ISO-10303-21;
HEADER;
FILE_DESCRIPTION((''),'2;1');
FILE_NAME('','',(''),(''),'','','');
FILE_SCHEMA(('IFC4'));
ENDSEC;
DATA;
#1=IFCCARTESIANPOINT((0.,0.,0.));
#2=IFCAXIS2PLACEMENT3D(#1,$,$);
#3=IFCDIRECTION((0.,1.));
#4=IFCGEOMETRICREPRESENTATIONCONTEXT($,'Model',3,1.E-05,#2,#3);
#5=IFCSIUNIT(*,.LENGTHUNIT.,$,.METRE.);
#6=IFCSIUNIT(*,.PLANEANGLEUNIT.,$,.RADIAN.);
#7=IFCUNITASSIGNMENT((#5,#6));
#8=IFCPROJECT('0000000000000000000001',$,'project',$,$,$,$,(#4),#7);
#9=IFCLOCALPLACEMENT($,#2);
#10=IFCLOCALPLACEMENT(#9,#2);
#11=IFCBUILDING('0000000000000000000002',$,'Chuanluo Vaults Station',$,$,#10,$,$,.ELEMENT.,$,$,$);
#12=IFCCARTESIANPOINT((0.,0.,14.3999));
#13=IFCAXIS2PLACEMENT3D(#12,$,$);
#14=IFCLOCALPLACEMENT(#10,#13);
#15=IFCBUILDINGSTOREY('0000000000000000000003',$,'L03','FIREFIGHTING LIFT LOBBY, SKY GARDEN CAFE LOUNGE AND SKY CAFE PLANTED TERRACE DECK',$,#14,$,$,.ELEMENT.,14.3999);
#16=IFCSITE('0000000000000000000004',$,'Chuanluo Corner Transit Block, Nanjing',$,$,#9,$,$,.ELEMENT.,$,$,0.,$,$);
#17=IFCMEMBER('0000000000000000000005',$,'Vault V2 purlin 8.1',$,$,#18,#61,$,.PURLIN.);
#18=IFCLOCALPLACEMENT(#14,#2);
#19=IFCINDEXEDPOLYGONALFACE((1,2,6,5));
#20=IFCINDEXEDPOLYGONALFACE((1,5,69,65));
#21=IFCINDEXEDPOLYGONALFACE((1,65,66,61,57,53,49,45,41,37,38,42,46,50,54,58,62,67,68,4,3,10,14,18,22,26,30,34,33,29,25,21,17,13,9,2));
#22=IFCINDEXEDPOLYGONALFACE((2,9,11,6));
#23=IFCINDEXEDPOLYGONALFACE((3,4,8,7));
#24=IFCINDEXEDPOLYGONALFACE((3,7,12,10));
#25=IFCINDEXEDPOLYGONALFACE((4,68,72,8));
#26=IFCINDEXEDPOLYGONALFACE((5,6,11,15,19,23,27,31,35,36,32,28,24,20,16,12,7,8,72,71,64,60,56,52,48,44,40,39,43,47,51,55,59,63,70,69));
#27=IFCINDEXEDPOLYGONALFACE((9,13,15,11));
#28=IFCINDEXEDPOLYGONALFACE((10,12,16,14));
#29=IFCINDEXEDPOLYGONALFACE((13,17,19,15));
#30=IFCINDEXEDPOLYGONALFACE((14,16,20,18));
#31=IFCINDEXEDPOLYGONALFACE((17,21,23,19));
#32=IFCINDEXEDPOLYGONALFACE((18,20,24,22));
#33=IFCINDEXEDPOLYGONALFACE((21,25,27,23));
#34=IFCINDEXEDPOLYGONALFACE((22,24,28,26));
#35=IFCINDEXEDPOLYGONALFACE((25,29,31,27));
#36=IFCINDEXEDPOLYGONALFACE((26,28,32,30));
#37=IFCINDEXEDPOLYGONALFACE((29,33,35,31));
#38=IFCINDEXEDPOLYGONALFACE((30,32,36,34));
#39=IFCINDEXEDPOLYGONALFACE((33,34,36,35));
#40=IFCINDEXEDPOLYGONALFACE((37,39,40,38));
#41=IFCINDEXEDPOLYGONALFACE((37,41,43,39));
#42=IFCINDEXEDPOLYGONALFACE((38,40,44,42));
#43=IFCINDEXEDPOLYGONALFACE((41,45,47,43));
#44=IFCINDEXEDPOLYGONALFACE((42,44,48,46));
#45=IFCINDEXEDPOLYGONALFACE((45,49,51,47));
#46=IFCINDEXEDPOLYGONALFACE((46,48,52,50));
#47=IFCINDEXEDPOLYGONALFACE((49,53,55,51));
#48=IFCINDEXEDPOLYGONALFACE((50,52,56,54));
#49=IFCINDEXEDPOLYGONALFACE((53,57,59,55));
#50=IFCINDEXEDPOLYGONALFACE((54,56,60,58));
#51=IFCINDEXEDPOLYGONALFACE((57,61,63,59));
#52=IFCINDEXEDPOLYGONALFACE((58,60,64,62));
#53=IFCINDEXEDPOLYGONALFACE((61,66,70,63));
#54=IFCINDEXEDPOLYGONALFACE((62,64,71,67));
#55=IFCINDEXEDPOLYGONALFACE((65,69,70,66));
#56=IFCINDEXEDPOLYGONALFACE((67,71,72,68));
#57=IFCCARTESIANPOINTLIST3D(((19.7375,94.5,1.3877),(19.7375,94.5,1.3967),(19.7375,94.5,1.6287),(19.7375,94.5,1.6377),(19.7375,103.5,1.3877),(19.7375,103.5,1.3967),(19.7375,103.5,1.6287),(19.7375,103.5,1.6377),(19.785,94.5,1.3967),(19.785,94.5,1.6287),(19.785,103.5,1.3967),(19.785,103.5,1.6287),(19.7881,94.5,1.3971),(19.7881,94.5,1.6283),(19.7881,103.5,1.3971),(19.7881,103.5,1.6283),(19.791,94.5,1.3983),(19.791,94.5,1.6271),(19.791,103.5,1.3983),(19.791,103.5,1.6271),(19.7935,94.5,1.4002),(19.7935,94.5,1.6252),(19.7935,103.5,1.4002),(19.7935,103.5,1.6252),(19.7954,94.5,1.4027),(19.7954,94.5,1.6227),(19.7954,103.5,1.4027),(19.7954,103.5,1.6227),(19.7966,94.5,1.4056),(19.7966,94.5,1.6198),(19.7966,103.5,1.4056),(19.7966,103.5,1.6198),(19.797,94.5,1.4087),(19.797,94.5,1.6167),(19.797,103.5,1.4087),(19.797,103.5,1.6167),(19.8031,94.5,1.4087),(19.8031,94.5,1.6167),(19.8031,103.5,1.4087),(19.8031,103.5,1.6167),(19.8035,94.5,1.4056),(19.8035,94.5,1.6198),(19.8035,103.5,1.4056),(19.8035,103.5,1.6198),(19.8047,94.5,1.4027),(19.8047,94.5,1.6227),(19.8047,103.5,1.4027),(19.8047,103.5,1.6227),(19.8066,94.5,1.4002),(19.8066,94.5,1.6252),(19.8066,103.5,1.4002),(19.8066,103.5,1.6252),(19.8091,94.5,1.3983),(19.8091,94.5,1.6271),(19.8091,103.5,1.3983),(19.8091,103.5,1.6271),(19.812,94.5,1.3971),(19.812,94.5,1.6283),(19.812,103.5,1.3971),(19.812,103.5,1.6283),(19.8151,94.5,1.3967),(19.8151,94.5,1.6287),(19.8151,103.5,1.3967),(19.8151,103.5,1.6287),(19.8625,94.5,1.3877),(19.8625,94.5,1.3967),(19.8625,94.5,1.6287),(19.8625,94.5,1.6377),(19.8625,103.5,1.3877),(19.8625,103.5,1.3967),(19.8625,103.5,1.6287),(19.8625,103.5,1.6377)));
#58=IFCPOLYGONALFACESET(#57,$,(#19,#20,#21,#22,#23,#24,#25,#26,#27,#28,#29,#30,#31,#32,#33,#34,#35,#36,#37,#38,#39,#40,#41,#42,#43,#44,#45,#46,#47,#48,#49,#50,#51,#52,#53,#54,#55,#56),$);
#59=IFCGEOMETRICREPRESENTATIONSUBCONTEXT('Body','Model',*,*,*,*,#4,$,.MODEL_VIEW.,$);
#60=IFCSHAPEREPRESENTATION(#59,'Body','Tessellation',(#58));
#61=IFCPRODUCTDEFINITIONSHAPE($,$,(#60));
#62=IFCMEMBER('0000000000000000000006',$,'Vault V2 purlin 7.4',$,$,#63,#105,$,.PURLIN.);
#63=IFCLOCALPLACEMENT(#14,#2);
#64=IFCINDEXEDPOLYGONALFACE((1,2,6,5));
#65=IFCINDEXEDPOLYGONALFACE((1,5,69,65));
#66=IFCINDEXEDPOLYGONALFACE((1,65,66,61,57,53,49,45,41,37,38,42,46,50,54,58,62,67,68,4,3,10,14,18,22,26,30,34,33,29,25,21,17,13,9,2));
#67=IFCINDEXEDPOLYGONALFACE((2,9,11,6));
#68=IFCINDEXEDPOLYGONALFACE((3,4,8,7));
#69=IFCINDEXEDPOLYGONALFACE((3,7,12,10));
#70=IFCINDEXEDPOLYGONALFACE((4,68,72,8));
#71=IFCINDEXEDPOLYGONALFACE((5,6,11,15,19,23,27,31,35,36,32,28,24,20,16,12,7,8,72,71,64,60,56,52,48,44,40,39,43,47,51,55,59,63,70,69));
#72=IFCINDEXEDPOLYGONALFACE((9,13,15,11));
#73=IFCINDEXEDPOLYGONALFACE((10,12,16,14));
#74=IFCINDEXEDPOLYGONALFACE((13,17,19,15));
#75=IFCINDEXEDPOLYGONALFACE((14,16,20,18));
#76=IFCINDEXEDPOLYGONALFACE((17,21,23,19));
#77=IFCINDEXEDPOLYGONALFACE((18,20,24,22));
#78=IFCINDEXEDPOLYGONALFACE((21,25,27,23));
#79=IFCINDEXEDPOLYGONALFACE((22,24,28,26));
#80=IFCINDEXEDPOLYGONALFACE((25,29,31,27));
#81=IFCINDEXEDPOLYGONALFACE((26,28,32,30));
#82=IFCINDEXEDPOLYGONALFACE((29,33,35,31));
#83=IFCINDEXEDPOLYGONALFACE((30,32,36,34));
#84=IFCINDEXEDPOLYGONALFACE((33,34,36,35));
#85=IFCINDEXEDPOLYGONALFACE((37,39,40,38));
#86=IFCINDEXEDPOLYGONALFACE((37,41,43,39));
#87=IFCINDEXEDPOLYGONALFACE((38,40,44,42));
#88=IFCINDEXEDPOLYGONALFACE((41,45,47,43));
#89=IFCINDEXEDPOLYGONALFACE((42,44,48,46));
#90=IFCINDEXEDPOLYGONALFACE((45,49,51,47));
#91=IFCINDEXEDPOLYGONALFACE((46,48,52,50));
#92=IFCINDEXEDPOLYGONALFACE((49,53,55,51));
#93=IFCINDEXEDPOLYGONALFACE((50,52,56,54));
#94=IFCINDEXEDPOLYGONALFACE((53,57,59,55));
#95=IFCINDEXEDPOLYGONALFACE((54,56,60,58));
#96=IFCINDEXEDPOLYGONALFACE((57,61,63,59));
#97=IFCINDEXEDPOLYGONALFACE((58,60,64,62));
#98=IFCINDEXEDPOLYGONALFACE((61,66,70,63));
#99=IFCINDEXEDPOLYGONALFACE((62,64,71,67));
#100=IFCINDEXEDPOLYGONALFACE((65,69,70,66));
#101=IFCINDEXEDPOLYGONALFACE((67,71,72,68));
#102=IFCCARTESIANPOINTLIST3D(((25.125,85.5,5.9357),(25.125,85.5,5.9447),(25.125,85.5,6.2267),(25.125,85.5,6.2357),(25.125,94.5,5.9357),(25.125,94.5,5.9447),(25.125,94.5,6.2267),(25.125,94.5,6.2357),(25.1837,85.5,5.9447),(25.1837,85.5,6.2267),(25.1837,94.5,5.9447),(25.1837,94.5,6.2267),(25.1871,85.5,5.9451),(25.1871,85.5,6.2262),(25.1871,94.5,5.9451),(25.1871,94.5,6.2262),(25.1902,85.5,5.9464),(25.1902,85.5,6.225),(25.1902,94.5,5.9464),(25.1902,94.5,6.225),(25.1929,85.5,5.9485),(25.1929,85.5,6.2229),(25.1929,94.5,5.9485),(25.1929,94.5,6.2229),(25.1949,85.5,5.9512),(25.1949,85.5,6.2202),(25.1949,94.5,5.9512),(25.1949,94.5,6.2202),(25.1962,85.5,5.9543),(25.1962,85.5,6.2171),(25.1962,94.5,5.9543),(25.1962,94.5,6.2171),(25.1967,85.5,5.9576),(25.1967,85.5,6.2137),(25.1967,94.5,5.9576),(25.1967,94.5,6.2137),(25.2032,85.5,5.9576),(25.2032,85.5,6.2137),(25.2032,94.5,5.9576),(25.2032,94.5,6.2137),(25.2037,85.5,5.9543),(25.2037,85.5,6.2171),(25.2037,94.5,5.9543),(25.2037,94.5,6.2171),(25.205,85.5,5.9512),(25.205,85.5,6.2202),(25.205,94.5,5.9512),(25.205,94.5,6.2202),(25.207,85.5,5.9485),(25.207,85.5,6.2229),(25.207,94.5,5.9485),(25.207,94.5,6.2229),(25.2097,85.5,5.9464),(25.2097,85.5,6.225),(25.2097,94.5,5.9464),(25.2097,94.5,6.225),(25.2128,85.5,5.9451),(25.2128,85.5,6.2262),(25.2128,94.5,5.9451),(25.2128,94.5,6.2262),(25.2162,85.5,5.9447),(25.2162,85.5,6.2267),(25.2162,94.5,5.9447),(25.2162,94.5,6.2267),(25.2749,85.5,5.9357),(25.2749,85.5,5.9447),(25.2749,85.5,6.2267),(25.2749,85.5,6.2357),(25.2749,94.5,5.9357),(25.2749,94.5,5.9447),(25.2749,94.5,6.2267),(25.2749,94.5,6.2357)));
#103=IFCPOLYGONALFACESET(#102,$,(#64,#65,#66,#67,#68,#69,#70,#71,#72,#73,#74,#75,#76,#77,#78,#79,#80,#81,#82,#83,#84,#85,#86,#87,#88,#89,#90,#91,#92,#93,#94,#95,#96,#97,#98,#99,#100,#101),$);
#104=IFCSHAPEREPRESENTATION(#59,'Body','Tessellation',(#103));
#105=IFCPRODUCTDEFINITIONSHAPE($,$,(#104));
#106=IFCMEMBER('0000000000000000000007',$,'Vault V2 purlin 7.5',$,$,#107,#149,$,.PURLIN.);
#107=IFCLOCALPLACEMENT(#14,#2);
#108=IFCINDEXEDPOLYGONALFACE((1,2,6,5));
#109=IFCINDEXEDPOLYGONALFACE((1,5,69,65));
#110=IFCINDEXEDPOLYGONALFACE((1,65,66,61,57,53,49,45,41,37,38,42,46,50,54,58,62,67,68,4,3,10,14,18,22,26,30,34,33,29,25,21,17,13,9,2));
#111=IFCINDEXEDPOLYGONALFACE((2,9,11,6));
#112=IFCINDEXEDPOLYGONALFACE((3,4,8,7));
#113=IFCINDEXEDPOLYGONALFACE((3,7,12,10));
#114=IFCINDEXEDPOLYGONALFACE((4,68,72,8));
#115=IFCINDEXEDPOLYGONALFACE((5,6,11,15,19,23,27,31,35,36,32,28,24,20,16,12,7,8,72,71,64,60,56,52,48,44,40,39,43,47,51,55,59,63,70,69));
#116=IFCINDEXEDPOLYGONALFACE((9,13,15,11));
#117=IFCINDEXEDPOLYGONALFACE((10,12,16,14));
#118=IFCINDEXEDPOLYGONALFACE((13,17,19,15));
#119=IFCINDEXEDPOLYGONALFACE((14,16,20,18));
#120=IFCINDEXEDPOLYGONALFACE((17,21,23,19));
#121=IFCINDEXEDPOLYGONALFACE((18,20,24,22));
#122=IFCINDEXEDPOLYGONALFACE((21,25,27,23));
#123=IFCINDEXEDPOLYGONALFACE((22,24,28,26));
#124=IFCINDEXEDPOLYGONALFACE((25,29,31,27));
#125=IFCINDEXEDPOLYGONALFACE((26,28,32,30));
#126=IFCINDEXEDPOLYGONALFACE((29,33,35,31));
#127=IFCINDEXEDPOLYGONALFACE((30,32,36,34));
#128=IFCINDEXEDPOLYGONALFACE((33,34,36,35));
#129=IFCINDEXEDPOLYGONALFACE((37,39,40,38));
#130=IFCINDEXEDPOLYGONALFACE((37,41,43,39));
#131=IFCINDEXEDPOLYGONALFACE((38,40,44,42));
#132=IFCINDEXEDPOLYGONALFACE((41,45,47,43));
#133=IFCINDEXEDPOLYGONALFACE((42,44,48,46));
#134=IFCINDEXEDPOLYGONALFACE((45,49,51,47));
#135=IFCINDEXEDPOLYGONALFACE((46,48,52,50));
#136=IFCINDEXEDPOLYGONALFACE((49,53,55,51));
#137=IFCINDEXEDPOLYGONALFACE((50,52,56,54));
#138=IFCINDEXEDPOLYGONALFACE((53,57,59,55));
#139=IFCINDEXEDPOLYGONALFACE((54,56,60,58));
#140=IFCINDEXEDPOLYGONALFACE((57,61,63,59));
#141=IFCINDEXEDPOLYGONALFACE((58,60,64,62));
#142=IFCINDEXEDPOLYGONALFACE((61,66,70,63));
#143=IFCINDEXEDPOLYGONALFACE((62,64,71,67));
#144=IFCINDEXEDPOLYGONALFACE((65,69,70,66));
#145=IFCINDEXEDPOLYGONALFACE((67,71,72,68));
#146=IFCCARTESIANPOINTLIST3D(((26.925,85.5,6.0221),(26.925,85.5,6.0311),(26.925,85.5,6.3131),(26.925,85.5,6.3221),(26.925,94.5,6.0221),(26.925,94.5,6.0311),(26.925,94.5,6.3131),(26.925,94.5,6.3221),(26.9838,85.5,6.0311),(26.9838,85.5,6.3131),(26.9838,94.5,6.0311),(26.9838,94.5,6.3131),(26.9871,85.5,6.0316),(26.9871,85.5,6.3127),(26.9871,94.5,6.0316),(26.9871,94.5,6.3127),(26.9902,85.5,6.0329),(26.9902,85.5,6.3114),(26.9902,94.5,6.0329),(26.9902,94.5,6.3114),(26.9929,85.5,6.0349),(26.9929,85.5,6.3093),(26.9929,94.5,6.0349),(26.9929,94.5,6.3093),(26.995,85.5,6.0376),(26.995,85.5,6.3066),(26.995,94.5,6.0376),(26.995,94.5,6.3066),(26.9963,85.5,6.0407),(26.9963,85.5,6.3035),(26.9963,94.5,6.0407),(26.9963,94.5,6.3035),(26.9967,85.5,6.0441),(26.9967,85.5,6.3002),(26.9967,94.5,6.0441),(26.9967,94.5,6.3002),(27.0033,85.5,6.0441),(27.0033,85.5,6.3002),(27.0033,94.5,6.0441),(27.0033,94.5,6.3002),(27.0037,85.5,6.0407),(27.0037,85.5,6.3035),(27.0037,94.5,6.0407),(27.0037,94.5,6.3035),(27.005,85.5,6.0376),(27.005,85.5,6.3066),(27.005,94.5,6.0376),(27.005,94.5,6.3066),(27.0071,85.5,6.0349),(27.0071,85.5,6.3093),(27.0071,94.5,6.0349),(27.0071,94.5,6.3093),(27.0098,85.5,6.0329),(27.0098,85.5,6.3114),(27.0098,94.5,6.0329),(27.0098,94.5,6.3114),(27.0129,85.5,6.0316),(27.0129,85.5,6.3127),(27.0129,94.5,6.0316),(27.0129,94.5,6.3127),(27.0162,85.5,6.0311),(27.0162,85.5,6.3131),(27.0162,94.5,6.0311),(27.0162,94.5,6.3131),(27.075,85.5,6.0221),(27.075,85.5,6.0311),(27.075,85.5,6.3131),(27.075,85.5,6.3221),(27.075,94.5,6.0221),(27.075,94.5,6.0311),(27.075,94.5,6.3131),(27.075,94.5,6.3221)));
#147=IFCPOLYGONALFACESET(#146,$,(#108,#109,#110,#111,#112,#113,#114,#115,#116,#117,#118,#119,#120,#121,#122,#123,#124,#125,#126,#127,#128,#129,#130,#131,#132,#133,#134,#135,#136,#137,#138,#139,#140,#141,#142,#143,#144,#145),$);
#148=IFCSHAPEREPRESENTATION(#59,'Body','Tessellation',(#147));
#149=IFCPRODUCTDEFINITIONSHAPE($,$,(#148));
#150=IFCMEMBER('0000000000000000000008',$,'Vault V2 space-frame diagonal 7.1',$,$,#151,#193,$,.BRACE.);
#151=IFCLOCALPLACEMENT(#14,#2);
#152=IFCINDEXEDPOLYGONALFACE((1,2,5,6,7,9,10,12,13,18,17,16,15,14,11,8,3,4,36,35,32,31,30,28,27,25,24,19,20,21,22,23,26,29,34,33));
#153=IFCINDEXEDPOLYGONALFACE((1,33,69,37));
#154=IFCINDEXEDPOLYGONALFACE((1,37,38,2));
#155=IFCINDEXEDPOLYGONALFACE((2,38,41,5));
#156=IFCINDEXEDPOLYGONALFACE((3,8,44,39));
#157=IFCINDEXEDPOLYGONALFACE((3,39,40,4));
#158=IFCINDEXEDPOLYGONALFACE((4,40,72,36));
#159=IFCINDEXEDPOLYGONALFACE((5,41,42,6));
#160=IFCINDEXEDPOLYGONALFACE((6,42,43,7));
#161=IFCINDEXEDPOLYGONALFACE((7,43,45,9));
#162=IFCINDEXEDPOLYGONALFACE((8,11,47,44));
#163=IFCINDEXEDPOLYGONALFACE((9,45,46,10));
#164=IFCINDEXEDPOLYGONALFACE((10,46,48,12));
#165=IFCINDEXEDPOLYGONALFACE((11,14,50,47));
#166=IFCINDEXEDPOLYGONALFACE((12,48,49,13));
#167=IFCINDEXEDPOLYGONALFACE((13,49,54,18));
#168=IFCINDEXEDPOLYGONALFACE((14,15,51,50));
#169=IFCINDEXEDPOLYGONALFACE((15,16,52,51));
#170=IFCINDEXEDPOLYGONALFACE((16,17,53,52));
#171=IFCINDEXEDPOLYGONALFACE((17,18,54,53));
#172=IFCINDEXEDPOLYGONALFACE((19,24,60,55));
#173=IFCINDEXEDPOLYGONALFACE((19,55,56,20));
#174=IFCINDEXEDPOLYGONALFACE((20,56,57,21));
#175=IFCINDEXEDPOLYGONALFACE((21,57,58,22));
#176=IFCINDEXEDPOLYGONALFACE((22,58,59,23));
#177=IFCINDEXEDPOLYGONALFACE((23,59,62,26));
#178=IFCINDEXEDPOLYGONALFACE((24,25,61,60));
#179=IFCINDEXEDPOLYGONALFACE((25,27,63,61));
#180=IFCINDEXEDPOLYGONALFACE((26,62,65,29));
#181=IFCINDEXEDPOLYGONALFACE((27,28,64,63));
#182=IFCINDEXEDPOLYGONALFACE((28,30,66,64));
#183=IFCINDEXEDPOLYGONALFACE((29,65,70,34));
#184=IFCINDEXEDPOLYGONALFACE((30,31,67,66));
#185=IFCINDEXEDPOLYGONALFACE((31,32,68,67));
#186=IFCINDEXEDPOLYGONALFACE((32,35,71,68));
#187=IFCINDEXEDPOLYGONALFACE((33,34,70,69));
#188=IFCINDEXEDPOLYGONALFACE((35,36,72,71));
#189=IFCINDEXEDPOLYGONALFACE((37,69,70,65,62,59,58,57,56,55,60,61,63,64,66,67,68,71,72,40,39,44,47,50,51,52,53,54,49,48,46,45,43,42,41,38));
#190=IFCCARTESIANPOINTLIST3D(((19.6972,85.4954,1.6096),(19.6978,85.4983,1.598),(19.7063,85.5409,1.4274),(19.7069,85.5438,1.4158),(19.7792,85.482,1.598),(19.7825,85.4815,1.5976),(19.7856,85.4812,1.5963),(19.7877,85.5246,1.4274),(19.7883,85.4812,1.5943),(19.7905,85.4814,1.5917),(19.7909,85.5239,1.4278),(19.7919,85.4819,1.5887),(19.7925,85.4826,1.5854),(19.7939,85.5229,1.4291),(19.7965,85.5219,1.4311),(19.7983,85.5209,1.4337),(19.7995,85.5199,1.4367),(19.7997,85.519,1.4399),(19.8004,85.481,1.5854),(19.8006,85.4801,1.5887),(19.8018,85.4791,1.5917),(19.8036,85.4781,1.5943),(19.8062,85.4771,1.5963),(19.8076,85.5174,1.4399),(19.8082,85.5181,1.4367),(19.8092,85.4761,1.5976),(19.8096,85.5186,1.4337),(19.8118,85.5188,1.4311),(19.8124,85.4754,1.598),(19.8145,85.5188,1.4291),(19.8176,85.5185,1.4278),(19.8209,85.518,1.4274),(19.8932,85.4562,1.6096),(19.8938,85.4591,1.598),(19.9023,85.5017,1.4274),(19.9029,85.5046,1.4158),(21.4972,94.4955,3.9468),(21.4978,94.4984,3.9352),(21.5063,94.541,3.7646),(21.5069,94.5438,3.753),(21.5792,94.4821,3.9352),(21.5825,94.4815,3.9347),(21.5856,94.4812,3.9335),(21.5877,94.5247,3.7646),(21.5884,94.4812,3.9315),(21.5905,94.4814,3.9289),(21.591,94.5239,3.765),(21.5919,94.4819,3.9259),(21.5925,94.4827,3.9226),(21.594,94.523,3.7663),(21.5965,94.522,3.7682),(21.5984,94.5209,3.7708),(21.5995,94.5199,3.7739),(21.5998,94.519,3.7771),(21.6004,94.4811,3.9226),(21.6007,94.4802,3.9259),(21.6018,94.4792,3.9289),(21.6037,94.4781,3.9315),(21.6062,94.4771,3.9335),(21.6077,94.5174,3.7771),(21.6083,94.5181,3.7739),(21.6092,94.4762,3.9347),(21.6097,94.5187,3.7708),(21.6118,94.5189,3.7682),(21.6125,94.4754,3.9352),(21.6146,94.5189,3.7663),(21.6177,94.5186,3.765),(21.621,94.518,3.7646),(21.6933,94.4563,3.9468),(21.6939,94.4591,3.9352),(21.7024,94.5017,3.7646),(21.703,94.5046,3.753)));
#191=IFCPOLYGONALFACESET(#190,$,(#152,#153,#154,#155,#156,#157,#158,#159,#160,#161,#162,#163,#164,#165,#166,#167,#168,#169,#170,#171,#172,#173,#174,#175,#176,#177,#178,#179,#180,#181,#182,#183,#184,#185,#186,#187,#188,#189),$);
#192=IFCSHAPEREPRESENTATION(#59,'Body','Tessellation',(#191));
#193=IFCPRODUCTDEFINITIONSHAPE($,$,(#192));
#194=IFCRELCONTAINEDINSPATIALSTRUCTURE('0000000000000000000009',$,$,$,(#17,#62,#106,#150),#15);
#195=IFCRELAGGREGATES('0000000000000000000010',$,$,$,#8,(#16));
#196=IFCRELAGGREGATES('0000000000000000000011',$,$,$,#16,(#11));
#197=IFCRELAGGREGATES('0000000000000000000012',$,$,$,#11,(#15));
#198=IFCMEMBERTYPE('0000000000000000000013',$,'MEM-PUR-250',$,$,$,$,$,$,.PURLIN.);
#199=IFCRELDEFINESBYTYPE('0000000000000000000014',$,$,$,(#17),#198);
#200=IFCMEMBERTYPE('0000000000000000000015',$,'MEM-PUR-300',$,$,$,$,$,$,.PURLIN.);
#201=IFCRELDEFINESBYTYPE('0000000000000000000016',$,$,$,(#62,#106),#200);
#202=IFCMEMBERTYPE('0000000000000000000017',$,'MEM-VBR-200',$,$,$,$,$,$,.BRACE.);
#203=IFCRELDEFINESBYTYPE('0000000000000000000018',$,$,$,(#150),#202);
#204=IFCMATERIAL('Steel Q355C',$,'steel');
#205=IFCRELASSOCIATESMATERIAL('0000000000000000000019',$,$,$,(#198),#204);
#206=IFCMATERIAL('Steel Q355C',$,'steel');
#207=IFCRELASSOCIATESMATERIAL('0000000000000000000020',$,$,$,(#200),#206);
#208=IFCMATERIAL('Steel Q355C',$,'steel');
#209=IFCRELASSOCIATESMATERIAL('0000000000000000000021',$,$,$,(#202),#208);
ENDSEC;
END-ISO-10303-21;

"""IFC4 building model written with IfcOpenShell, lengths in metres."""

from ifc_helpers import new_model, si_unit, direction, frame, origin, origin_2d, place, context, subcontext, project, spatial, i_section, extrude, material, material_profile, profile_set, type_object, element, save


model = new_model("IFC4")

# Units and contexts
model_context = context("Model", 3, precision=1e-05, world=origin(), true_north=direction((0.0, 1.0)))
body_context = subcontext(model_context, "Body", "Model", "MODEL_VIEW")
ifc_project = project(units=[si_unit("LENGTHUNIT", "METRE"), si_unit("PLANEANGLEUNIT", "RADIAN")], contexts=[model_context])

# Site, building, storey
site_placement = place(None, origin())
site = spatial("IfcSite", under=ifc_project, at=site_placement, Name="Chuanluo Corner Transit Block, Nanjing", CompositionType="ELEMENT", RefElevation=0.0)
building_placement = place(site_placement, origin())
building = spatial("IfcBuilding", under=site, at=building_placement, Name="Chuanluo Vaults Station", CompositionType="ELEMENT")
storey_placement = place(building_placement, frame((0.0, 0.0, 14.3999)))
storey = spatial("IfcBuildingStorey", under=building, at=storey_placement, Name="L03", Description="FIREFIGHTING LIFT LOBBY, SKY GARDEN CAFE LOUNGE AND SKY CAFE PLANTED TERRACE DECK", CompositionType="ELEMENT", Elevation=14.3999)

# Members
ifc_material_1 = material(Name="Steel Q355C", Category="steel")
ifc_material_profile_1 = material_profile(ifc_material_1, i_section(OverallWidth=0.125, OverallDepth=0.25, WebThickness=0.0061, FlangeThickness=0.009, FilletRadius=0.012, at=origin_2d()))
ifc_profile_set_1 = profile_set([ifc_material_profile_1], Name="Steel Q355C")
member_type_1 = type_object("IfcMemberType", Name="MEM-PUR-250", PredefinedType="PURLIN", material=ifc_profile_set_1)
for number, where, z_axis, x_axis, name in (
    (1, (19.8, 94.5, 1.5127), (0.0, 1.0, 0.0), (-1.0, 0.0, 0.0), "Vault V2 purlin 8.1"),
):
    element("IfcMember", number, at=place(storey_placement, frame(where, z_axis=z_axis, x_axis=x_axis)), inside=storey, type_object=member_type_1, Name=name, PredefinedType="PURLIN", context=body_context, shape_type="SweptSolid", body=[
        extrude(i_section(OverallWidth=0.125, OverallDepth=0.25, WebThickness=0.0061, FlangeThickness=0.009, FilletRadius=0.012, at=origin_2d()), origin(), (0.0, 0.0, 1.0), 9.0),
    ])
ifc_material_2 = material(Name="Steel Q355C", Category="steel")
ifc_material_profile_2 = material_profile(ifc_material_2, i_section(OverallWidth=0.1499, OverallDepth=0.3, WebThickness=0.0066, FlangeThickness=0.009, FilletRadius=0.0129, at=origin_2d()))
ifc_profile_set_2 = profile_set([ifc_material_profile_2], Name="Steel Q355C")
member_type_2 = type_object("IfcMemberType", Name="MEM-PUR-300", PredefinedType="PURLIN", material=ifc_profile_set_2)
for number, where, z_axis, x_axis, name in (
    (2, (25.2, 85.5, 6.0857), (0.0, 1.0, 0.0), (-1.0, 0.0, 0.0), "Vault V2 purlin 7.4"),
    (3, (27.0, 85.5, 6.1721), (0.0, 1.0, 0.0), (-1.0, 0.0, 0.0), "Vault V2 purlin 7.5"),
):
    element("IfcMember", number, at=place(storey_placement, frame(where, z_axis=z_axis, x_axis=x_axis)), inside=storey, type_object=member_type_2, Name=name, PredefinedType="PURLIN", context=body_context, shape_type="SweptSolid", body=[
        extrude(i_section(OverallWidth=0.1499, OverallDepth=0.3, WebThickness=0.0066, FlangeThickness=0.009, FilletRadius=0.0129, at=origin_2d()), origin(), (0.0, 0.0, 1.0), 9.0),
    ])
ifc_material_3 = material(Name="Steel Q355C", Category="steel")
ifc_material_profile_3 = material_profile(ifc_material_3, i_section(OverallWidth=0.2, OverallDepth=0.2, WebThickness=0.0081, FlangeThickness=0.012, FilletRadius=0.0129, at=origin_2d()))
ifc_profile_set_3 = profile_set([ifc_material_profile_3], Name="Steel Q355C")
member_type_3 = type_object("IfcMemberType", Name="MEM-VBR-200", PredefinedType="BRACE", material=ifc_profile_set_3)
member_1_placement = place(storey_placement, frame((19.8, 85.5, 1.5127), z_axis=(0.190056, 0.950255, 0.246766), x_axis=(-0.98058, 0.196121, 0.0)))
element("IfcMember", 4, at=member_1_placement, inside=storey, type_object=member_type_3, Name="Vault V2 space-frame diagonal 7.1", PredefinedType="BRACE", context=body_context, shape_type="SweptSolid", body=[
    extrude(i_section(OverallWidth=0.2, OverallDepth=0.2, WebThickness=0.0081, FlangeThickness=0.012, FilletRadius=0.0129, at=origin_2d()), origin(), (0.0, 0.0, 1.0), 9.4712),
])

save(model, "model.ifc")
